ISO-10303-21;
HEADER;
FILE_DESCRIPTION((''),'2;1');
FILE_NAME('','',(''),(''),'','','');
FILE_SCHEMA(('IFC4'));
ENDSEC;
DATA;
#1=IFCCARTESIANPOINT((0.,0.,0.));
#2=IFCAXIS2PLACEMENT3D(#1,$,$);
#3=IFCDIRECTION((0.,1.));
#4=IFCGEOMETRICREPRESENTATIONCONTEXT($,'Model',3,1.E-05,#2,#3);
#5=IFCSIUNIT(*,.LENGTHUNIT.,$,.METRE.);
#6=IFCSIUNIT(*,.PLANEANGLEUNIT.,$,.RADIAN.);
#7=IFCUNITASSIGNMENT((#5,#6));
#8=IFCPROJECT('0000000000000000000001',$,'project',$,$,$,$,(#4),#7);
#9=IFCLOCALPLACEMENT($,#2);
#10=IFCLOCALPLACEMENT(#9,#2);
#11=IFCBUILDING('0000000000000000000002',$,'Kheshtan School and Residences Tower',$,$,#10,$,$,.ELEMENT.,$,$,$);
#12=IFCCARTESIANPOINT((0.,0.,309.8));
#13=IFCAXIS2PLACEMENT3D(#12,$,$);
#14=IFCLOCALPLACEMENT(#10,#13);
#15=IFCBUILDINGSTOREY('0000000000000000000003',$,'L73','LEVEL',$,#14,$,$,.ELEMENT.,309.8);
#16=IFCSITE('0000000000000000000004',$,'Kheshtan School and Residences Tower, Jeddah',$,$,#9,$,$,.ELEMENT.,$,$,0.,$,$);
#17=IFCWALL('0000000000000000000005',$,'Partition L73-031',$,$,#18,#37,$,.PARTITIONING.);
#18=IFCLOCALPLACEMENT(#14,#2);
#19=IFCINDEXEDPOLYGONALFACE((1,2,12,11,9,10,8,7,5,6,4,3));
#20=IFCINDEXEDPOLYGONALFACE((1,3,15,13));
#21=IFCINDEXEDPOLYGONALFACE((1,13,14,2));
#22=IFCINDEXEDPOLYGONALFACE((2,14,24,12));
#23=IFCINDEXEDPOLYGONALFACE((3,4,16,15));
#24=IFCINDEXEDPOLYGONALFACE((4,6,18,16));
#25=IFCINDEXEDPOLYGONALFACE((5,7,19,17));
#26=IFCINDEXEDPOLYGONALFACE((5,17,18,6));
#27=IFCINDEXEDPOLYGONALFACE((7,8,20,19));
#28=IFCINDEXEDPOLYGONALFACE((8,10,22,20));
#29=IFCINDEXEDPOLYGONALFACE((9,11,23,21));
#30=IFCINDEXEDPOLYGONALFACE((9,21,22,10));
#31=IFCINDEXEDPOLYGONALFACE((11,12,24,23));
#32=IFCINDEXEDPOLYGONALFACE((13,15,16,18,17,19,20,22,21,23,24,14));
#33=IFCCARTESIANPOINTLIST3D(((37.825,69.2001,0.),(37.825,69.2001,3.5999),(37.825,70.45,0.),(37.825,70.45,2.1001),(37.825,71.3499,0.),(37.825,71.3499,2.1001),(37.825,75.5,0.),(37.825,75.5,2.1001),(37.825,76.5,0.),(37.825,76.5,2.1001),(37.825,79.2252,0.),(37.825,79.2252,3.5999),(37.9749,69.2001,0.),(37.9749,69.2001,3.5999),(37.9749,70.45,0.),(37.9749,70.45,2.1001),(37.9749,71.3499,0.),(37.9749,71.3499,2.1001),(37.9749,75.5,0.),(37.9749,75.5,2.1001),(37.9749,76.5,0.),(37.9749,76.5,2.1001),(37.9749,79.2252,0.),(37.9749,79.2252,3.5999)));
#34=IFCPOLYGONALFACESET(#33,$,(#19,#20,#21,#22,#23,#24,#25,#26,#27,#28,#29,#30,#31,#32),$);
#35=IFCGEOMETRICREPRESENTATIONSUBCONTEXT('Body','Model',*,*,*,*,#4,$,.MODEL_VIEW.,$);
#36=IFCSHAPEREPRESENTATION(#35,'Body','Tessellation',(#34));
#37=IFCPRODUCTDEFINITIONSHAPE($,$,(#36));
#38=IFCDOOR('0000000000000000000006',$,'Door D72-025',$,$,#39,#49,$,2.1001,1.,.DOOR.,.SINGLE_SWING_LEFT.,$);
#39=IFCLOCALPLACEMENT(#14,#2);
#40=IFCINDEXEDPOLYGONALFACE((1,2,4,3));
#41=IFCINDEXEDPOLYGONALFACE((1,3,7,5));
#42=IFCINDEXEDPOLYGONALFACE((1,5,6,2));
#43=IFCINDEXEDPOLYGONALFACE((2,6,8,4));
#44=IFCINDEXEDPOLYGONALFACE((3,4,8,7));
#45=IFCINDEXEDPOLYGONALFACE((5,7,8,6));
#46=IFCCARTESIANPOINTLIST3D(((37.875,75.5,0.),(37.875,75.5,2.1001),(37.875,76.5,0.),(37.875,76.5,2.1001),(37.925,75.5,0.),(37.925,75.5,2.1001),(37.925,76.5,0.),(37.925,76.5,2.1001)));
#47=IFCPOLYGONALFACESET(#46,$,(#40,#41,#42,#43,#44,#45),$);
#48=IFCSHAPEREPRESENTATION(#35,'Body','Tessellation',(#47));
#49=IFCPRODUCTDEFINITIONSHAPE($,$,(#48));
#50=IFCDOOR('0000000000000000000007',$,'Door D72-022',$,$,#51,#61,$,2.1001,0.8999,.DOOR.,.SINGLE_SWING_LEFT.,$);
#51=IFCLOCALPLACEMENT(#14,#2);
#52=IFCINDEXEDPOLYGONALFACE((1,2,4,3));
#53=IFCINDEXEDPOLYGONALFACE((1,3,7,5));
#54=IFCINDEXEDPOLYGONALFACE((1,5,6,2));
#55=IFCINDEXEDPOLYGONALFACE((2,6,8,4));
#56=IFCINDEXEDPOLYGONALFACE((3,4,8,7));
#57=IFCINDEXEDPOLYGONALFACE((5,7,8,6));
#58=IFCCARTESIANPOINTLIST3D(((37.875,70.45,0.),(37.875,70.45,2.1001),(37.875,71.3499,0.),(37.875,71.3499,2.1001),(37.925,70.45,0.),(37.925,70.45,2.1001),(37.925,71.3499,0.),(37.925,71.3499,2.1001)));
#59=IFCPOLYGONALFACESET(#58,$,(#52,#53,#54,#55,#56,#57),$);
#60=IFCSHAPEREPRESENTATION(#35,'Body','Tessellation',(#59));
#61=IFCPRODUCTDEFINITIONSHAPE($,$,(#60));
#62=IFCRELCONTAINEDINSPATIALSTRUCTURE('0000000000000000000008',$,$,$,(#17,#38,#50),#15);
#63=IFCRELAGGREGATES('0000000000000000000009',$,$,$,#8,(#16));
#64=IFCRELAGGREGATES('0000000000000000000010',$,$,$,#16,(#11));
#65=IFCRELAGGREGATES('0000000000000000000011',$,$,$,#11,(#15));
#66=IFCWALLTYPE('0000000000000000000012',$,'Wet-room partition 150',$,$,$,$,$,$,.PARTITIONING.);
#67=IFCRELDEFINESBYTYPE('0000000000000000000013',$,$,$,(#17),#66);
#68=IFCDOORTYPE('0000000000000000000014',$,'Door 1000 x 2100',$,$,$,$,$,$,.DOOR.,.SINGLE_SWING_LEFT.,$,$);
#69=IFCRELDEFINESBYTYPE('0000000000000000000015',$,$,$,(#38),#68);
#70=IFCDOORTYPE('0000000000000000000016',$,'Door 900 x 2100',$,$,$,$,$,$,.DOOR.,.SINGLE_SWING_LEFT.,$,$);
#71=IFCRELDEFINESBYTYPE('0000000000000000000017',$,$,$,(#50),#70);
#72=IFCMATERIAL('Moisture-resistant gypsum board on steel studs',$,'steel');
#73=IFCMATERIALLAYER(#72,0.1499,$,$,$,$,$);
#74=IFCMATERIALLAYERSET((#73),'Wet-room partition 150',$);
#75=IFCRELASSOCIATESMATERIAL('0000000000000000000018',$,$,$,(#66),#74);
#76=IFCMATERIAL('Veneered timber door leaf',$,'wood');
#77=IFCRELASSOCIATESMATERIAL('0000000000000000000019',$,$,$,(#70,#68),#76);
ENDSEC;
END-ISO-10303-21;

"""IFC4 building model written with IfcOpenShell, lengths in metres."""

from ifc_helpers import new_model, si_unit, direction, frame, frame_2d, origin, place, context, subcontext, project, spatial, rectangle, extrude, source, transform, mapped, material, layer, layer_set, type_object, element, fill, save


model = new_model("IFC4")

# Units and contexts
model_context = context("Model", 3, precision=1e-05, world=origin(), true_north=direction((0.0, 1.0)))
body_context = subcontext(model_context, "Body", "Model", "MODEL_VIEW")
ifc_project = project(units=[si_unit("LENGTHUNIT", "METRE"), si_unit("PLANEANGLEUNIT", "RADIAN")], contexts=[model_context])

# Site, building, storey
site_placement = place(None, origin())
site = spatial("IfcSite", under=ifc_project, at=site_placement, Name="Kheshtan School and Residences Tower, Jeddah", CompositionType="ELEMENT", RefElevation=0.0)
building_placement = place(site_placement, origin())
building = spatial("IfcBuilding", under=site, at=building_placement, Name="Kheshtan School and Residences Tower", CompositionType="ELEMENT")
storey_placement = place(building_placement, frame((0.0, 0.0, 309.8)))
storey = spatial("IfcBuildingStorey", under=building, at=storey_placement, Name="L73", Description="LEVEL", CompositionType="ELEMENT", Elevation=309.8)

# Shared definitions
ifc_material_1 = material(Name="Moisture-resistant gypsum board on steel studs", Category="steel")
ifc_layer_1 = layer(ifc_material_1, 0.1499)
ifc_layer_set_1 = layer_set([ifc_layer_1], Name="Wet-room partition 150")
wall_type_1 = type_object("IfcWallType", Name="Wet-room partition 150", PredefinedType="PARTITIONING", material=ifc_layer_set_1)

# Wall, openings, doors
ifc_material_2 = material(Name="Veneered timber door leaf", Category="wood")
door_type_1 = type_object("IfcDoorType", Name="Door 900 x 2100", OperationType="SINGLE_SWING_LEFT", PredefinedType="DOOR", material=ifc_material_2)
shared_shape_1 = source(origin(), body_context, "Body", "SweptSolid", [
    extrude(rectangle(XDim=0.8999, YDim=2.1001, at=frame_2d((0.45, 1.05))), frame((0.0, 0.0249, 0.0), z_axis=(0.0, -1.0, 0.0), x_axis=(1.0, 0.0, 0.0)), (0.0, 0.0, 1.0), 0.05),
])
wall_1_placement = place(storey_placement, frame((37.8999, 69.2, 0.0), z_axis=(0.0, 0.0, 1.0), x_axis=(0.0, 1.0, 0.0)))
wall_1 = element("IfcWall", 1, at=wall_1_placement, inside=storey, type_object=wall_type_1, Name="Partition L73-031", PredefinedType="PARTITIONING", context=body_context, shape_type="SweptSolid", body=[
    extrude(rectangle(XDim=10.0251, YDim=0.1499, at=frame_2d((5.0127, 0.0))), origin(), (0.0, 0.0, 1.0), 3.5999),
])
opening_1_placement = place(wall_1_placement, frame((1.25, 0.0, 0.0)))
opening_1 = element("IfcOpeningElement", 2, at=opening_1_placement, cuts=wall_1, PredefinedType="OPENING", context=body_context, shape_type="SweptSolid", body=[
    extrude(rectangle(XDim=0.8999, YDim=2.1001, at=frame_2d((0.45, 1.05))), frame((0.0, 0.085, 0.0), z_axis=(0.0, -1.0, 0.0), x_axis=(1.0, 0.0, 0.0)), (0.0, 0.0, 1.0), 0.1699),
])
opening_2_placement = place(wall_1_placement, frame((6.3, 0.0, 0.0)))
opening_2 = element("IfcOpeningElement", 3, at=opening_2_placement, cuts=wall_1, PredefinedType="OPENING", context=body_context, shape_type="SweptSolid", body=[
    extrude(rectangle(XDim=1.0, YDim=2.1001, at=frame_2d((0.5, 1.05))), frame((0.0, 0.085, 0.0), z_axis=(0.0, -1.0, 0.0), x_axis=(1.0, 0.0, 0.0)), (0.0, 0.0, 1.0), 0.1699),
])
door_type_2 = type_object("IfcDoorType", Name="Door 1000 x 2100", OperationType="SINGLE_SWING_LEFT", PredefinedType="DOOR", material=ifc_material_2)
shared_shape_2 = source(origin(), body_context, "Body", "SweptSolid", [
    extrude(rectangle(XDim=1.0, YDim=2.1001, at=frame_2d((0.5, 1.05))), frame((0.0, 0.0249, 0.0), z_axis=(0.0, -1.0, 0.0), x_axis=(1.0, 0.0, 0.0)), (0.0, 0.0, 1.0), 0.05),
])
door_1_placement = place(opening_2_placement, origin())
door_1 = element("IfcDoor", 4, at=door_1_placement, inside=storey, type_object=door_type_2, Name="Door D72-025", OperationType="SINGLE_SWING_LEFT", OverallHeight=2.1001, OverallWidth=1.0, PredefinedType="DOOR", context=body_context, shape_type="MappedRepresentation", body=[
    mapped(shared_shape_2, transform((0.0, 0.0, 0.0), x_axis=(1.0, 0.0, 0.0), y_axis=(0.0, 1.0, 0.0), z_axis=(0.0, 0.0, 1.0), scale=1.0)),
])
fill(opening_2, door_1)
door_2_placement = place(opening_1_placement, origin())
door_2 = element("IfcDoor", 5, at=door_2_placement, inside=storey, type_object=door_type_1, Name="Door D72-022", OperationType="SINGLE_SWING_LEFT", OverallHeight=2.1001, OverallWidth=0.8999, PredefinedType="DOOR", context=body_context, shape_type="MappedRepresentation", body=[
    mapped(shared_shape_1, transform((0.0, 0.0, 0.0), x_axis=(1.0, 0.0, 0.0), y_axis=(0.0, 1.0, 0.0), z_axis=(0.0, 0.0, 1.0), scale=1.0)),
])
fill(opening_1, door_2)

save(model, "model.ifc")
